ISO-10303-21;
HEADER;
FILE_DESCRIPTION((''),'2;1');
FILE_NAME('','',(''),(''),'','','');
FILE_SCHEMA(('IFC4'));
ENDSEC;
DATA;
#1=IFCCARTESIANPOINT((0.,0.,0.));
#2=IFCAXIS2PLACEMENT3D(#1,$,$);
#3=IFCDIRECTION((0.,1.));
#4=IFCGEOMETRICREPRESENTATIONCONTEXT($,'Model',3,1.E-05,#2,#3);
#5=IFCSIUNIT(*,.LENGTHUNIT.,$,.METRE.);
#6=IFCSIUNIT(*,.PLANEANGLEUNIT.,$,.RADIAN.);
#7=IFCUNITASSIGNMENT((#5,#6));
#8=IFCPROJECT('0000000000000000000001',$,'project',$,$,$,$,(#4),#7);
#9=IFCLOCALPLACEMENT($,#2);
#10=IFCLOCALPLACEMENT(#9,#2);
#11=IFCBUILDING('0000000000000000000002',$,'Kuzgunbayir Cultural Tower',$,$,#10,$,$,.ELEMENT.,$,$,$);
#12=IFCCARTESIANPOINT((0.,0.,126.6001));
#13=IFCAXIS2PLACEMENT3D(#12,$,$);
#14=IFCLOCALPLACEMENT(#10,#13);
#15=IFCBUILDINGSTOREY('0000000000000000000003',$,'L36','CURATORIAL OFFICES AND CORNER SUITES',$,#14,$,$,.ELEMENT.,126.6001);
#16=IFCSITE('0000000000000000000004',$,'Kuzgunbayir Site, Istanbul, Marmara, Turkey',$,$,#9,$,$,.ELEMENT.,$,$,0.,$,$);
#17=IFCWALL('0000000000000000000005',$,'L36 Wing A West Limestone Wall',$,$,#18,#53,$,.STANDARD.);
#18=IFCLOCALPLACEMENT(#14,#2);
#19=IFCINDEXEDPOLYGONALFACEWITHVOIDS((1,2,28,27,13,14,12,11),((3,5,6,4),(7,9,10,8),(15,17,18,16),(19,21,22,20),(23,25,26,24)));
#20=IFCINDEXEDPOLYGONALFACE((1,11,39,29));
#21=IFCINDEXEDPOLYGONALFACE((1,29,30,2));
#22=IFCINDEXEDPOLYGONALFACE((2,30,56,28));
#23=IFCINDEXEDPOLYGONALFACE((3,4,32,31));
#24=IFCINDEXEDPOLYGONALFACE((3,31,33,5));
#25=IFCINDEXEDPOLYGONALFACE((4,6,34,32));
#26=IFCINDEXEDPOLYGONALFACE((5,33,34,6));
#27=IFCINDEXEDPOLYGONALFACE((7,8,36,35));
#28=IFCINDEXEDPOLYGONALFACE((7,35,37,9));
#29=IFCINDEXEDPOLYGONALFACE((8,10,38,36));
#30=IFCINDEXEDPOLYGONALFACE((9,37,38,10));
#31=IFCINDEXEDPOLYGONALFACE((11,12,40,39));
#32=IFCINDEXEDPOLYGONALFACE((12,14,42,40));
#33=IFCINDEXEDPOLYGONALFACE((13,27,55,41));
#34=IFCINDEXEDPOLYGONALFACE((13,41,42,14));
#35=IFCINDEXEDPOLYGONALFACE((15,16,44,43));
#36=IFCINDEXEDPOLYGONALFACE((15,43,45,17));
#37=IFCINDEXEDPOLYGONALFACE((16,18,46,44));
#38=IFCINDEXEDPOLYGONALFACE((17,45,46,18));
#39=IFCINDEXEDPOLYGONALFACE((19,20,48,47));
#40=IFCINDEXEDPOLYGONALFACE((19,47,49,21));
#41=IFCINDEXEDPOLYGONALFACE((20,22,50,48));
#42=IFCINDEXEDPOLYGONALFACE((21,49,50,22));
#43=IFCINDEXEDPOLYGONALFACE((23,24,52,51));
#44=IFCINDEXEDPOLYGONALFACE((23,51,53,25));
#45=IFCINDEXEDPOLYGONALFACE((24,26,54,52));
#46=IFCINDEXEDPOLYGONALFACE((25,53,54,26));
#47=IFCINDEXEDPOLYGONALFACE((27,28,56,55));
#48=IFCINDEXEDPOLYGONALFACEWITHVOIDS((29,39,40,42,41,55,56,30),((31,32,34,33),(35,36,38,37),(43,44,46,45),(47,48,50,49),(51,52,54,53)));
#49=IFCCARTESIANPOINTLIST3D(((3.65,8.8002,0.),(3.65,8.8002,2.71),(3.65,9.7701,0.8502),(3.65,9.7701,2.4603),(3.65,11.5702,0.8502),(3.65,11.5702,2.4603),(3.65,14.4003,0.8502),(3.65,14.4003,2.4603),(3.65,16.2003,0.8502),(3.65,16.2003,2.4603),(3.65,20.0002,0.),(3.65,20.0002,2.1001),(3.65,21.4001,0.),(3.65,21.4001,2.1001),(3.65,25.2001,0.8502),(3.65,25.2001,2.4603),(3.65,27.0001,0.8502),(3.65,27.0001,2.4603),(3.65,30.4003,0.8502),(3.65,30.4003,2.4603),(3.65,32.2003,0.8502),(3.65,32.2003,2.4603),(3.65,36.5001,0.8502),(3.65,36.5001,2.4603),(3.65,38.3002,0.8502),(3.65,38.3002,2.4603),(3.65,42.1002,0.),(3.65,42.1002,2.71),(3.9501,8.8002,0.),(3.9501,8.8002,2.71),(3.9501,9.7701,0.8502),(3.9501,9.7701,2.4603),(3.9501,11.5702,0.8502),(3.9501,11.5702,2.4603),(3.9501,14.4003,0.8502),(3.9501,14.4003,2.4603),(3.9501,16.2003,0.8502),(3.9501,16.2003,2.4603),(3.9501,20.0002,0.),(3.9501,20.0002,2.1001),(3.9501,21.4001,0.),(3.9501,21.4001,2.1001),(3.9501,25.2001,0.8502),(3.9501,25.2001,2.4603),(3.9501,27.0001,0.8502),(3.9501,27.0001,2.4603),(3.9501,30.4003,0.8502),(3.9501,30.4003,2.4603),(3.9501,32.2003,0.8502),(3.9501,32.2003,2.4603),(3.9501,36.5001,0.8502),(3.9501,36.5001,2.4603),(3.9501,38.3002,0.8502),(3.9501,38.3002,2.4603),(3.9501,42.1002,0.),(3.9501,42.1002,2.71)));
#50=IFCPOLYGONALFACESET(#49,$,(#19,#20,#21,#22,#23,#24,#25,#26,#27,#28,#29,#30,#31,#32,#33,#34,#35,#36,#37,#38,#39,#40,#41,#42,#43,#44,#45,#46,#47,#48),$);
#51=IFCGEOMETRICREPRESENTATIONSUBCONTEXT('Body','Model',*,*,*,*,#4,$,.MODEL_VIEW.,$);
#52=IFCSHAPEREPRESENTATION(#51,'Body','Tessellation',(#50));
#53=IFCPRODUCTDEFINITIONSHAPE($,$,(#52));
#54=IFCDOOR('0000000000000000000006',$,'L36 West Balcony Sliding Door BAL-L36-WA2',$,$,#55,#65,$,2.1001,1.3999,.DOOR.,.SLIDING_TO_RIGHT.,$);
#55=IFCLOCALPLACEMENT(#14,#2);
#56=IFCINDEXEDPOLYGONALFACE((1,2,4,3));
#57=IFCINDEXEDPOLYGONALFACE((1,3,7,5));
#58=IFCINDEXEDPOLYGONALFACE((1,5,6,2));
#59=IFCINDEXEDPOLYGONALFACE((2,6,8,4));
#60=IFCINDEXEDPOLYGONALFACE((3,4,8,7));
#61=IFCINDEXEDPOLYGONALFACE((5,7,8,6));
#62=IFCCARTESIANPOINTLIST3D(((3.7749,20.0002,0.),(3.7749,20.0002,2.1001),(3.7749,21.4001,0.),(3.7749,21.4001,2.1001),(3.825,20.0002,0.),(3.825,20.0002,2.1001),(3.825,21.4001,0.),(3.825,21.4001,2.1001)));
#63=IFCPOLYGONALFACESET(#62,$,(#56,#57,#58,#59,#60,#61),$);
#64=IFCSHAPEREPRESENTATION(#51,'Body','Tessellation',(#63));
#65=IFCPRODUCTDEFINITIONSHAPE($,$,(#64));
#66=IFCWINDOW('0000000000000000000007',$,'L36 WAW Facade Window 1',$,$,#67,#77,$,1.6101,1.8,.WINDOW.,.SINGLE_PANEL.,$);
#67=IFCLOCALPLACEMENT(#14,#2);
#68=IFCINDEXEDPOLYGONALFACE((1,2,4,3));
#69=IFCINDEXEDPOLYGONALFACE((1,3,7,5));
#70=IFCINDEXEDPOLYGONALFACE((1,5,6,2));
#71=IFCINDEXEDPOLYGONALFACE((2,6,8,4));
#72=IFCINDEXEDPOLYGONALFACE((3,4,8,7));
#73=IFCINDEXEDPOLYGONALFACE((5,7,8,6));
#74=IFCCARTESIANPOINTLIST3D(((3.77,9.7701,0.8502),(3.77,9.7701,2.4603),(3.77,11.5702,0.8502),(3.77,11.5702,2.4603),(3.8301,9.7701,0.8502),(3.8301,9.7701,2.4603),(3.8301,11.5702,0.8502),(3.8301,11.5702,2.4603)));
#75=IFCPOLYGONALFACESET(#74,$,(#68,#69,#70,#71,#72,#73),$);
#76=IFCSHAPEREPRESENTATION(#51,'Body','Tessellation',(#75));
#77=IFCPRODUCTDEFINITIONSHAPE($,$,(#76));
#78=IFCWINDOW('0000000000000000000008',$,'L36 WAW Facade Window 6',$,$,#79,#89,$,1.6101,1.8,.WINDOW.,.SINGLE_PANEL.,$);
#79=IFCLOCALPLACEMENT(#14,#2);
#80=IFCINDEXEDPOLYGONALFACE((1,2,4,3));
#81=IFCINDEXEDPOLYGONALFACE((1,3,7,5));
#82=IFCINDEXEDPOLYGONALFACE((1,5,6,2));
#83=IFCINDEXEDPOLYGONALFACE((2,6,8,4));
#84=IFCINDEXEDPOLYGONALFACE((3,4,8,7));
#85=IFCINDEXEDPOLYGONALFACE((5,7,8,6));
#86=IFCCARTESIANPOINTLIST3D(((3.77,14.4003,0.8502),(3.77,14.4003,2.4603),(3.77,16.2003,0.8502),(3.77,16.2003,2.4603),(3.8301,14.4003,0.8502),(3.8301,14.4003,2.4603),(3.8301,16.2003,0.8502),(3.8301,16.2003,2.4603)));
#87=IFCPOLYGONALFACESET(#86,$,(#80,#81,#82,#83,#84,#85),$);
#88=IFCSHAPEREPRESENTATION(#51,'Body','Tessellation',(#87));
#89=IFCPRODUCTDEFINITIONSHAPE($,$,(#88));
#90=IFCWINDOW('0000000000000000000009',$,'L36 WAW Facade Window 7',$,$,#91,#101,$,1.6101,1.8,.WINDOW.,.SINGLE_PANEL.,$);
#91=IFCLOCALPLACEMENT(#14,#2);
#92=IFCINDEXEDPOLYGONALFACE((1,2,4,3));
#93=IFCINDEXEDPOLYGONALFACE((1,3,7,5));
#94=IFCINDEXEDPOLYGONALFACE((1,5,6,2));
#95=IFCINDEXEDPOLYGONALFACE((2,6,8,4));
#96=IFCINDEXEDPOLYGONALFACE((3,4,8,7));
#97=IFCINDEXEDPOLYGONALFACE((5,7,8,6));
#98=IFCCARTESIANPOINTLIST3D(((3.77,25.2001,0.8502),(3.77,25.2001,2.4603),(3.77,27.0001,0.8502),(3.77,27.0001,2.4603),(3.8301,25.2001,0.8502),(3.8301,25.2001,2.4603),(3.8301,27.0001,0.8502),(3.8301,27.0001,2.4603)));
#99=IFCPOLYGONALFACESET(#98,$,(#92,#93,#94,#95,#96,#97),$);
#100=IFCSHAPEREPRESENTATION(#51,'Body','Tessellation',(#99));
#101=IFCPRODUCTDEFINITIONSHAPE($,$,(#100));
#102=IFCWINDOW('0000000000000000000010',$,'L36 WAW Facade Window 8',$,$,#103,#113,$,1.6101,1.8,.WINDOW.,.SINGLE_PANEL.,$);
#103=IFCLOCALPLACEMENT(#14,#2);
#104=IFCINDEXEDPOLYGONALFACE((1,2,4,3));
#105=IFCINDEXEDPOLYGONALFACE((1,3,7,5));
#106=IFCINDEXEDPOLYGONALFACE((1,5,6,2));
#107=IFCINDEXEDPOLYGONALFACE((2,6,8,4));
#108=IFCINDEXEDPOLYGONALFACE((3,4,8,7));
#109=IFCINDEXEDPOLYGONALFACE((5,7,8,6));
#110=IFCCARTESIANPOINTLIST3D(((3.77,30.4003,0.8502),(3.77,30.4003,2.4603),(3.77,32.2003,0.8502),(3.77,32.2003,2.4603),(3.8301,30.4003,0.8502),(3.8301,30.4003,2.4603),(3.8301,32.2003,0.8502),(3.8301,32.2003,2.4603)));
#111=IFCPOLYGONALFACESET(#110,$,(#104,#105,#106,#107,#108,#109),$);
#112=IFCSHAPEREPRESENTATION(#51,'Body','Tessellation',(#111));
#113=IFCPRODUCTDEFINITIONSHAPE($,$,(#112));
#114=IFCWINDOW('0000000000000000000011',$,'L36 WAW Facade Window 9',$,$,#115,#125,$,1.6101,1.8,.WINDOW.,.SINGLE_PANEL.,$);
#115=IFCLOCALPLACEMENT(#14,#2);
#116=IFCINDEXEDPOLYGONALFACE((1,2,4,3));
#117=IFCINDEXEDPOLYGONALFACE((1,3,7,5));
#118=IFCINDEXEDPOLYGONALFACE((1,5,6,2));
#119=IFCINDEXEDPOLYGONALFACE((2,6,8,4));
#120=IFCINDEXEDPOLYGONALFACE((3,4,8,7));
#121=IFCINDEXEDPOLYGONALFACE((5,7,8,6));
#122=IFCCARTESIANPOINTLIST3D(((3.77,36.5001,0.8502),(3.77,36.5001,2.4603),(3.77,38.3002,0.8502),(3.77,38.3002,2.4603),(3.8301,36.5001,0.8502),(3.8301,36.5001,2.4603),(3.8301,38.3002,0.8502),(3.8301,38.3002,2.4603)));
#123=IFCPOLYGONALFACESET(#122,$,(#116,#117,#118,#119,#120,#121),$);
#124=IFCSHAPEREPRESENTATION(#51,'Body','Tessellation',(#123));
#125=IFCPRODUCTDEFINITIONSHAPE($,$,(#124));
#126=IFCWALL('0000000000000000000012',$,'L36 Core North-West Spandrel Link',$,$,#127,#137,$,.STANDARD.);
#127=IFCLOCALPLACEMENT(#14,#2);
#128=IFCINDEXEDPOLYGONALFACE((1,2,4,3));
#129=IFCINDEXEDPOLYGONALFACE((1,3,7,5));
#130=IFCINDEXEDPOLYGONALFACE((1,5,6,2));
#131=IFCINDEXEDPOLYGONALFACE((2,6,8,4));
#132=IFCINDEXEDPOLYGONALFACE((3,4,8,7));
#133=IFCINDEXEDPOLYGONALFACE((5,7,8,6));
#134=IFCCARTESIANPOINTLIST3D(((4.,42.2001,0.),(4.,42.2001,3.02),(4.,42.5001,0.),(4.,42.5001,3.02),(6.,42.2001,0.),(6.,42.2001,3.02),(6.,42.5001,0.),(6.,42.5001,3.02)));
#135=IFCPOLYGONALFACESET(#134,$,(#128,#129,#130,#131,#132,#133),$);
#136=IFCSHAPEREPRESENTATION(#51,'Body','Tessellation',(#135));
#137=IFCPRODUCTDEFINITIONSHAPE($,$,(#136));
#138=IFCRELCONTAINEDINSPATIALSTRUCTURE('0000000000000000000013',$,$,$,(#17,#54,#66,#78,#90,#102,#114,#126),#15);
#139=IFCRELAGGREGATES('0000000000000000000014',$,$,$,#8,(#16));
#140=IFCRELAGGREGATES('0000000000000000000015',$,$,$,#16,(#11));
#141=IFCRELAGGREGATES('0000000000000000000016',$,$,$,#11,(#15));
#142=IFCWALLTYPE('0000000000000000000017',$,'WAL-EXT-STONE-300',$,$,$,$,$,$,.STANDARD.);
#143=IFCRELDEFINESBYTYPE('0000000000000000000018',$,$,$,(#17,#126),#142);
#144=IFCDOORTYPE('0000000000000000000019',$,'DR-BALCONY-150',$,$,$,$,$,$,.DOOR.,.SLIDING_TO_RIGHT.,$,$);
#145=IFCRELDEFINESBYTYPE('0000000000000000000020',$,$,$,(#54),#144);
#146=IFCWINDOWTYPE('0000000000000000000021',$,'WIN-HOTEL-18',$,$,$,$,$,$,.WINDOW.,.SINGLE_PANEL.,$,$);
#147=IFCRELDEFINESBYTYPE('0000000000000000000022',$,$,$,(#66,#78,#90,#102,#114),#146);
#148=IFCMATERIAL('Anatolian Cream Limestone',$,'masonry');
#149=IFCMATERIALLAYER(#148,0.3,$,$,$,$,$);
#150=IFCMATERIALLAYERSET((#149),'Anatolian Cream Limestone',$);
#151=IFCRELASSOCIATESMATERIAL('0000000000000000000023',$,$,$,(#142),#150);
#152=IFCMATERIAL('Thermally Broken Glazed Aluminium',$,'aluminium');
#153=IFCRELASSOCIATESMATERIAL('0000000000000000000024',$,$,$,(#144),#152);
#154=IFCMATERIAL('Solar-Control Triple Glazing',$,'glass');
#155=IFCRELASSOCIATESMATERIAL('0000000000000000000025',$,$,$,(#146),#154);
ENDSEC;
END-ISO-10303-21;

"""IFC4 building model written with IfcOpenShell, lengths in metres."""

from ifc_helpers import new_model, si_unit, direction, frame, frame_2d, origin, place, context, subcontext, project, spatial, rectangle, extrude, material, layer, layer_set, type_object, element, fill, save


model = new_model("IFC4")

# Units and contexts
model_context = context("Model", 3, precision=1e-05, world=origin(), true_north=direction((0.0, 1.0)))
body_context = subcontext(model_context, "Body", "Model", "MODEL_VIEW")
ifc_project = project(units=[si_unit("LENGTHUNIT", "METRE"), si_unit("PLANEANGLEUNIT", "RADIAN")], contexts=[model_context])

# Site, building, storey
site_placement = place(None, origin())
site = spatial("IfcSite", under=ifc_project, at=site_placement, Name="Kuzgunbayir Site, Istanbul, Marmara, Turkey", CompositionType="ELEMENT", RefElevation=0.0)
building_placement = place(site_placement, origin())
building = spatial("IfcBuilding", under=site, at=building_placement, Name="Kuzgunbayir Cultural Tower", CompositionType="ELEMENT")
storey_placement = place(building_placement, frame((0.0, 0.0, 126.6001)))
storey = spatial("IfcBuildingStorey", under=building, at=storey_placement, Name="L36", Description="CURATORIAL OFFICES AND CORNER SUITES", CompositionType="ELEMENT", Elevation=126.6001)

# Wall, openings, door, windows
ifc_material_1 = material(Name="Anatolian Cream Limestone", Category="masonry")
ifc_layer_1 = layer(ifc_material_1, 0.3)
ifc_layer_set_1 = layer_set([ifc_layer_1], Name="Anatolian Cream Limestone")
wall_type_1 = type_object("IfcWallType", Name="WAL-EXT-STONE-300", PredefinedType="STANDARD", material=ifc_layer_set_1)
wall_1_placement = place(storey_placement, frame((3.8, 42.1001, 0.0), z_axis=(0.0, 0.0, 1.0), x_axis=(0.0, -1.0, 0.0)))
wall_1 = element("IfcWall", 1, at=wall_1_placement, inside=storey, type_object=wall_type_1, Name="L36 Wing A West Limestone Wall", PredefinedType="STANDARD", context=body_context, shape_type="SweptSolid", body=[
    extrude(rectangle(XDim=33.3, YDim=0.3, at=frame_2d((16.6499, 0.0))), origin(), (0.0, 0.0, 1.0), 2.71),
])
opening_1_placement = place(wall_1_placement, frame((20.7, 0.0, 0.0)))
opening_1 = element("IfcOpeningElement", 2, at=opening_1_placement, cuts=wall_1, PredefinedType="OPENING", context=body_context, shape_type="SweptSolid", body=[
    extrude(rectangle(XDim=1.3999, YDim=2.1001, at=frame_2d((0.7, 1.05))), frame((0.0, 0.1602, 0.0), z_axis=(0.0, -1.0, 0.0), x_axis=(1.0, 0.0, 0.0)), (0.0, 0.0, 1.0), 0.3201),
])
opening_2_placement = place(wall_1_placement, frame((30.53, 0.0, 0.8501)))
opening_2 = element("IfcOpeningElement", 3, at=opening_2_placement, cuts=wall_1, PredefinedType="OPENING", context=body_context, shape_type="SweptSolid", body=[
    extrude(rectangle(XDim=1.8, YDim=1.6101, at=frame_2d((0.8999, 0.8052))), frame((0.0, 0.1602, 0.0), z_axis=(0.0, -1.0, 0.0), x_axis=(1.0, 0.0, 0.0)), (0.0, 0.0, 1.0), 0.3201),
])
opening_3_placement = place(wall_1_placement, frame((25.8999, 0.0, 0.8501)))
opening_3 = element("IfcOpeningElement", 4, at=opening_3_placement, cuts=wall_1, PredefinedType="OPENING", context=body_context, shape_type="SweptSolid", body=[
    extrude(rectangle(XDim=1.8, YDim=1.6101, at=frame_2d((0.8999, 0.8052))), frame((0.0, 0.1602, 0.0), z_axis=(0.0, -1.0, 0.0), x_axis=(1.0, 0.0, 0.0)), (0.0, 0.0, 1.0), 0.3201),
])
opening_4_placement = place(wall_1_placement, frame((15.1001, 0.0, 0.8501)))
opening_4 = element("IfcOpeningElement", 5, at=opening_4_placement, cuts=wall_1, PredefinedType="OPENING", context=body_context, shape_type="SweptSolid", body=[
    extrude(rectangle(XDim=1.8, YDim=1.6101, at=frame_2d((0.8999, 0.8052))), frame((0.0, 0.1602, 0.0), z_axis=(0.0, -1.0, 0.0), x_axis=(1.0, 0.0, 0.0)), (0.0, 0.0, 1.0), 0.3201),
])
opening_5_placement = place(wall_1_placement, frame((9.8999, 0.0, 0.8501)))
opening_5 = element("IfcOpeningElement", 6, at=opening_5_placement, cuts=wall_1, PredefinedType="OPENING", context=body_context, shape_type="SweptSolid", body=[
    extrude(rectangle(XDim=1.8, YDim=1.6101, at=frame_2d((0.8999, 0.8052))), frame((0.0, 0.1602, 0.0), z_axis=(0.0, -1.0, 0.0), x_axis=(1.0, 0.0, 0.0)), (0.0, 0.0, 1.0), 0.3201),
])
opening_6_placement = place(wall_1_placement, frame((3.8, 0.0, 0.8501)))
opening_6 = element("IfcOpeningElement", 7, at=opening_6_placement, cuts=wall_1, PredefinedType="OPENING", context=body_context, shape_type="SweptSolid", body=[
    extrude(rectangle(XDim=1.8, YDim=1.6101, at=frame_2d((0.8999, 0.8052))), frame((0.0, 0.1602, 0.0), z_axis=(0.0, -1.0, 0.0), x_axis=(1.0, 0.0, 0.0)), (0.0, 0.0, 1.0), 0.3201),
])
ifc_material_2 = material(Name="Thermally Broken Glazed Aluminium", Category="aluminium")
door_type_1 = type_object("IfcDoorType", Name="DR-BALCONY-150", OperationType="SLIDING_TO_RIGHT", PredefinedType="DOOR", material=ifc_material_2)
door_1_placement = place(opening_1_placement, origin())
door_1 = element("IfcDoor", 8, at=door_1_placement, inside=storey, type_object=door_type_1, Name="L36 West Balcony Sliding Door BAL-L36-WA2", OperationType="SLIDING_TO_RIGHT", OverallHeight=2.1001, OverallWidth=1.3999, PredefinedType="DOOR", context=body_context, shape_type="SweptSolid", body=[
    extrude(rectangle(XDim=1.3999, YDim=2.1001, at=frame_2d((0.7, 1.05))), frame((0.0, 0.0249, 0.0), z_axis=(0.0, -1.0, 0.0), x_axis=(1.0, 0.0, 0.0)), (0.0, 0.0, 1.0), 0.05),
])
fill(opening_1, door_1)
ifc_material_3 = material(Name="Solar-Control Triple Glazing", Category="glass")
window_type = type_object("IfcWindowType", Name="WIN-HOTEL-18", PartitioningType="SINGLE_PANEL", PredefinedType="WINDOW", material=ifc_material_3)
window_1_placement = place(opening_2_placement, origin())
window_1 = element("IfcWindow", 9, at=window_1_placement, inside=storey, type_object=window_type, Name="L36 WAW Facade Window 1", OverallHeight=1.6101, OverallWidth=1.8, PartitioningType="SINGLE_PANEL", PredefinedType="WINDOW", context=body_context, shape_type="SweptSolid", body=[
    extrude(rectangle(XDim=1.8, YDim=1.6101, at=frame_2d((0.8999, 0.8052))), frame((0.0, 0.03, 0.0), z_axis=(0.0, -1.0, 0.0), x_axis=(1.0, 0.0, 0.0)), (0.0, 0.0, 1.0), 0.0601),
])
fill(opening_2, window_1)
window_2_placement = place(opening_3_placement, origin())
window_2 = element("IfcWindow", 10, at=window_2_placement, inside=storey, type_object=window_type, Name="L36 WAW Facade Window 6", OverallHeight=1.6101, OverallWidth=1.8, PartitioningType="SINGLE_PANEL", PredefinedType="WINDOW", context=body_context, shape_type="SweptSolid", body=[
    extrude(rectangle(XDim=1.8, YDim=1.6101, at=frame_2d((0.8999, 0.8052))), frame((0.0, 0.03, 0.0), z_axis=(0.0, -1.0, 0.0), x_axis=(1.0, 0.0, 0.0)), (0.0, 0.0, 1.0), 0.0601),
])
fill(opening_3, window_2)
window_3_placement = place(opening_4_placement, origin())
window_3 = element("IfcWindow", 11, at=window_3_placement, inside=storey, type_object=window_type, Name="L36 WAW Facade Window 7", OverallHeight=1.6101, OverallWidth=1.8, PartitioningType="SINGLE_PANEL", PredefinedType="WINDOW", context=body_context, shape_type="SweptSolid", body=[
    extrude(rectangle(XDim=1.8, YDim=1.6101, at=frame_2d((0.8999, 0.8052))), frame((0.0, 0.03, 0.0), z_axis=(0.0, -1.0, 0.0), x_axis=(1.0, 0.0, 0.0)), (0.0, 0.0, 1.0), 0.0601),
])
fill(opening_4, window_3)
window_4_placement = place(opening_5_placement, origin())
window_4 = element("IfcWindow", 12, at=window_4_placement, inside=storey, type_object=window_type, Name="L36 WAW Facade Window 8", OverallHeight=1.6101, OverallWidth=1.8, PartitioningType="SINGLE_PANEL", PredefinedType="WINDOW", context=body_context, shape_type="SweptSolid", body=[
    extrude(rectangle(XDim=1.8, YDim=1.6101, at=frame_2d((0.8999, 0.8052))), frame((0.0, 0.03, 0.0), z_axis=(0.0, -1.0, 0.0), x_axis=(1.0, 0.0, 0.0)), (0.0, 0.0, 1.0), 0.0601),
])
fill(opening_5, window_4)
window_5_placement = place(opening_6_placement, origin())
window_5 = element("IfcWindow", 13, at=window_5_placement, inside=storey, type_object=window_type, Name="L36 WAW Facade Window 9", OverallHeight=1.6101, OverallWidth=1.8, PartitioningType="SINGLE_PANEL", PredefinedType="WINDOW", context=body_context, shape_type="SweptSolid", body=[
    extrude(rectangle(XDim=1.8, YDim=1.6101, at=frame_2d((0.8999, 0.8052))), frame((0.0, 0.03, 0.0), z_axis=(0.0, -1.0, 0.0), x_axis=(1.0, 0.0, 0.0)), (0.0, 0.0, 1.0), 0.0601),
])
fill(opening_6, window_5)

# Wall
wall_2_placement = place(storey_placement, frame((6.0, 42.3501, 0.0), z_axis=(0.0, 0.0, 1.0), x_axis=(-1.0, 0.0, 0.0)))
element("IfcWall", 14, at=wall_2_placement, inside=storey, type_object=wall_type_1, Name="L36 Core North-West Spandrel Link", PredefinedType="STANDARD", context=body_context, shape_type="SweptSolid", body=[
    extrude(rectangle(XDim=2.0, YDim=0.3, at=frame_2d((1.0, 0.0))), origin(), (0.0, 0.0, 1.0), 3.02),
])

save(model, "model.ifc")
